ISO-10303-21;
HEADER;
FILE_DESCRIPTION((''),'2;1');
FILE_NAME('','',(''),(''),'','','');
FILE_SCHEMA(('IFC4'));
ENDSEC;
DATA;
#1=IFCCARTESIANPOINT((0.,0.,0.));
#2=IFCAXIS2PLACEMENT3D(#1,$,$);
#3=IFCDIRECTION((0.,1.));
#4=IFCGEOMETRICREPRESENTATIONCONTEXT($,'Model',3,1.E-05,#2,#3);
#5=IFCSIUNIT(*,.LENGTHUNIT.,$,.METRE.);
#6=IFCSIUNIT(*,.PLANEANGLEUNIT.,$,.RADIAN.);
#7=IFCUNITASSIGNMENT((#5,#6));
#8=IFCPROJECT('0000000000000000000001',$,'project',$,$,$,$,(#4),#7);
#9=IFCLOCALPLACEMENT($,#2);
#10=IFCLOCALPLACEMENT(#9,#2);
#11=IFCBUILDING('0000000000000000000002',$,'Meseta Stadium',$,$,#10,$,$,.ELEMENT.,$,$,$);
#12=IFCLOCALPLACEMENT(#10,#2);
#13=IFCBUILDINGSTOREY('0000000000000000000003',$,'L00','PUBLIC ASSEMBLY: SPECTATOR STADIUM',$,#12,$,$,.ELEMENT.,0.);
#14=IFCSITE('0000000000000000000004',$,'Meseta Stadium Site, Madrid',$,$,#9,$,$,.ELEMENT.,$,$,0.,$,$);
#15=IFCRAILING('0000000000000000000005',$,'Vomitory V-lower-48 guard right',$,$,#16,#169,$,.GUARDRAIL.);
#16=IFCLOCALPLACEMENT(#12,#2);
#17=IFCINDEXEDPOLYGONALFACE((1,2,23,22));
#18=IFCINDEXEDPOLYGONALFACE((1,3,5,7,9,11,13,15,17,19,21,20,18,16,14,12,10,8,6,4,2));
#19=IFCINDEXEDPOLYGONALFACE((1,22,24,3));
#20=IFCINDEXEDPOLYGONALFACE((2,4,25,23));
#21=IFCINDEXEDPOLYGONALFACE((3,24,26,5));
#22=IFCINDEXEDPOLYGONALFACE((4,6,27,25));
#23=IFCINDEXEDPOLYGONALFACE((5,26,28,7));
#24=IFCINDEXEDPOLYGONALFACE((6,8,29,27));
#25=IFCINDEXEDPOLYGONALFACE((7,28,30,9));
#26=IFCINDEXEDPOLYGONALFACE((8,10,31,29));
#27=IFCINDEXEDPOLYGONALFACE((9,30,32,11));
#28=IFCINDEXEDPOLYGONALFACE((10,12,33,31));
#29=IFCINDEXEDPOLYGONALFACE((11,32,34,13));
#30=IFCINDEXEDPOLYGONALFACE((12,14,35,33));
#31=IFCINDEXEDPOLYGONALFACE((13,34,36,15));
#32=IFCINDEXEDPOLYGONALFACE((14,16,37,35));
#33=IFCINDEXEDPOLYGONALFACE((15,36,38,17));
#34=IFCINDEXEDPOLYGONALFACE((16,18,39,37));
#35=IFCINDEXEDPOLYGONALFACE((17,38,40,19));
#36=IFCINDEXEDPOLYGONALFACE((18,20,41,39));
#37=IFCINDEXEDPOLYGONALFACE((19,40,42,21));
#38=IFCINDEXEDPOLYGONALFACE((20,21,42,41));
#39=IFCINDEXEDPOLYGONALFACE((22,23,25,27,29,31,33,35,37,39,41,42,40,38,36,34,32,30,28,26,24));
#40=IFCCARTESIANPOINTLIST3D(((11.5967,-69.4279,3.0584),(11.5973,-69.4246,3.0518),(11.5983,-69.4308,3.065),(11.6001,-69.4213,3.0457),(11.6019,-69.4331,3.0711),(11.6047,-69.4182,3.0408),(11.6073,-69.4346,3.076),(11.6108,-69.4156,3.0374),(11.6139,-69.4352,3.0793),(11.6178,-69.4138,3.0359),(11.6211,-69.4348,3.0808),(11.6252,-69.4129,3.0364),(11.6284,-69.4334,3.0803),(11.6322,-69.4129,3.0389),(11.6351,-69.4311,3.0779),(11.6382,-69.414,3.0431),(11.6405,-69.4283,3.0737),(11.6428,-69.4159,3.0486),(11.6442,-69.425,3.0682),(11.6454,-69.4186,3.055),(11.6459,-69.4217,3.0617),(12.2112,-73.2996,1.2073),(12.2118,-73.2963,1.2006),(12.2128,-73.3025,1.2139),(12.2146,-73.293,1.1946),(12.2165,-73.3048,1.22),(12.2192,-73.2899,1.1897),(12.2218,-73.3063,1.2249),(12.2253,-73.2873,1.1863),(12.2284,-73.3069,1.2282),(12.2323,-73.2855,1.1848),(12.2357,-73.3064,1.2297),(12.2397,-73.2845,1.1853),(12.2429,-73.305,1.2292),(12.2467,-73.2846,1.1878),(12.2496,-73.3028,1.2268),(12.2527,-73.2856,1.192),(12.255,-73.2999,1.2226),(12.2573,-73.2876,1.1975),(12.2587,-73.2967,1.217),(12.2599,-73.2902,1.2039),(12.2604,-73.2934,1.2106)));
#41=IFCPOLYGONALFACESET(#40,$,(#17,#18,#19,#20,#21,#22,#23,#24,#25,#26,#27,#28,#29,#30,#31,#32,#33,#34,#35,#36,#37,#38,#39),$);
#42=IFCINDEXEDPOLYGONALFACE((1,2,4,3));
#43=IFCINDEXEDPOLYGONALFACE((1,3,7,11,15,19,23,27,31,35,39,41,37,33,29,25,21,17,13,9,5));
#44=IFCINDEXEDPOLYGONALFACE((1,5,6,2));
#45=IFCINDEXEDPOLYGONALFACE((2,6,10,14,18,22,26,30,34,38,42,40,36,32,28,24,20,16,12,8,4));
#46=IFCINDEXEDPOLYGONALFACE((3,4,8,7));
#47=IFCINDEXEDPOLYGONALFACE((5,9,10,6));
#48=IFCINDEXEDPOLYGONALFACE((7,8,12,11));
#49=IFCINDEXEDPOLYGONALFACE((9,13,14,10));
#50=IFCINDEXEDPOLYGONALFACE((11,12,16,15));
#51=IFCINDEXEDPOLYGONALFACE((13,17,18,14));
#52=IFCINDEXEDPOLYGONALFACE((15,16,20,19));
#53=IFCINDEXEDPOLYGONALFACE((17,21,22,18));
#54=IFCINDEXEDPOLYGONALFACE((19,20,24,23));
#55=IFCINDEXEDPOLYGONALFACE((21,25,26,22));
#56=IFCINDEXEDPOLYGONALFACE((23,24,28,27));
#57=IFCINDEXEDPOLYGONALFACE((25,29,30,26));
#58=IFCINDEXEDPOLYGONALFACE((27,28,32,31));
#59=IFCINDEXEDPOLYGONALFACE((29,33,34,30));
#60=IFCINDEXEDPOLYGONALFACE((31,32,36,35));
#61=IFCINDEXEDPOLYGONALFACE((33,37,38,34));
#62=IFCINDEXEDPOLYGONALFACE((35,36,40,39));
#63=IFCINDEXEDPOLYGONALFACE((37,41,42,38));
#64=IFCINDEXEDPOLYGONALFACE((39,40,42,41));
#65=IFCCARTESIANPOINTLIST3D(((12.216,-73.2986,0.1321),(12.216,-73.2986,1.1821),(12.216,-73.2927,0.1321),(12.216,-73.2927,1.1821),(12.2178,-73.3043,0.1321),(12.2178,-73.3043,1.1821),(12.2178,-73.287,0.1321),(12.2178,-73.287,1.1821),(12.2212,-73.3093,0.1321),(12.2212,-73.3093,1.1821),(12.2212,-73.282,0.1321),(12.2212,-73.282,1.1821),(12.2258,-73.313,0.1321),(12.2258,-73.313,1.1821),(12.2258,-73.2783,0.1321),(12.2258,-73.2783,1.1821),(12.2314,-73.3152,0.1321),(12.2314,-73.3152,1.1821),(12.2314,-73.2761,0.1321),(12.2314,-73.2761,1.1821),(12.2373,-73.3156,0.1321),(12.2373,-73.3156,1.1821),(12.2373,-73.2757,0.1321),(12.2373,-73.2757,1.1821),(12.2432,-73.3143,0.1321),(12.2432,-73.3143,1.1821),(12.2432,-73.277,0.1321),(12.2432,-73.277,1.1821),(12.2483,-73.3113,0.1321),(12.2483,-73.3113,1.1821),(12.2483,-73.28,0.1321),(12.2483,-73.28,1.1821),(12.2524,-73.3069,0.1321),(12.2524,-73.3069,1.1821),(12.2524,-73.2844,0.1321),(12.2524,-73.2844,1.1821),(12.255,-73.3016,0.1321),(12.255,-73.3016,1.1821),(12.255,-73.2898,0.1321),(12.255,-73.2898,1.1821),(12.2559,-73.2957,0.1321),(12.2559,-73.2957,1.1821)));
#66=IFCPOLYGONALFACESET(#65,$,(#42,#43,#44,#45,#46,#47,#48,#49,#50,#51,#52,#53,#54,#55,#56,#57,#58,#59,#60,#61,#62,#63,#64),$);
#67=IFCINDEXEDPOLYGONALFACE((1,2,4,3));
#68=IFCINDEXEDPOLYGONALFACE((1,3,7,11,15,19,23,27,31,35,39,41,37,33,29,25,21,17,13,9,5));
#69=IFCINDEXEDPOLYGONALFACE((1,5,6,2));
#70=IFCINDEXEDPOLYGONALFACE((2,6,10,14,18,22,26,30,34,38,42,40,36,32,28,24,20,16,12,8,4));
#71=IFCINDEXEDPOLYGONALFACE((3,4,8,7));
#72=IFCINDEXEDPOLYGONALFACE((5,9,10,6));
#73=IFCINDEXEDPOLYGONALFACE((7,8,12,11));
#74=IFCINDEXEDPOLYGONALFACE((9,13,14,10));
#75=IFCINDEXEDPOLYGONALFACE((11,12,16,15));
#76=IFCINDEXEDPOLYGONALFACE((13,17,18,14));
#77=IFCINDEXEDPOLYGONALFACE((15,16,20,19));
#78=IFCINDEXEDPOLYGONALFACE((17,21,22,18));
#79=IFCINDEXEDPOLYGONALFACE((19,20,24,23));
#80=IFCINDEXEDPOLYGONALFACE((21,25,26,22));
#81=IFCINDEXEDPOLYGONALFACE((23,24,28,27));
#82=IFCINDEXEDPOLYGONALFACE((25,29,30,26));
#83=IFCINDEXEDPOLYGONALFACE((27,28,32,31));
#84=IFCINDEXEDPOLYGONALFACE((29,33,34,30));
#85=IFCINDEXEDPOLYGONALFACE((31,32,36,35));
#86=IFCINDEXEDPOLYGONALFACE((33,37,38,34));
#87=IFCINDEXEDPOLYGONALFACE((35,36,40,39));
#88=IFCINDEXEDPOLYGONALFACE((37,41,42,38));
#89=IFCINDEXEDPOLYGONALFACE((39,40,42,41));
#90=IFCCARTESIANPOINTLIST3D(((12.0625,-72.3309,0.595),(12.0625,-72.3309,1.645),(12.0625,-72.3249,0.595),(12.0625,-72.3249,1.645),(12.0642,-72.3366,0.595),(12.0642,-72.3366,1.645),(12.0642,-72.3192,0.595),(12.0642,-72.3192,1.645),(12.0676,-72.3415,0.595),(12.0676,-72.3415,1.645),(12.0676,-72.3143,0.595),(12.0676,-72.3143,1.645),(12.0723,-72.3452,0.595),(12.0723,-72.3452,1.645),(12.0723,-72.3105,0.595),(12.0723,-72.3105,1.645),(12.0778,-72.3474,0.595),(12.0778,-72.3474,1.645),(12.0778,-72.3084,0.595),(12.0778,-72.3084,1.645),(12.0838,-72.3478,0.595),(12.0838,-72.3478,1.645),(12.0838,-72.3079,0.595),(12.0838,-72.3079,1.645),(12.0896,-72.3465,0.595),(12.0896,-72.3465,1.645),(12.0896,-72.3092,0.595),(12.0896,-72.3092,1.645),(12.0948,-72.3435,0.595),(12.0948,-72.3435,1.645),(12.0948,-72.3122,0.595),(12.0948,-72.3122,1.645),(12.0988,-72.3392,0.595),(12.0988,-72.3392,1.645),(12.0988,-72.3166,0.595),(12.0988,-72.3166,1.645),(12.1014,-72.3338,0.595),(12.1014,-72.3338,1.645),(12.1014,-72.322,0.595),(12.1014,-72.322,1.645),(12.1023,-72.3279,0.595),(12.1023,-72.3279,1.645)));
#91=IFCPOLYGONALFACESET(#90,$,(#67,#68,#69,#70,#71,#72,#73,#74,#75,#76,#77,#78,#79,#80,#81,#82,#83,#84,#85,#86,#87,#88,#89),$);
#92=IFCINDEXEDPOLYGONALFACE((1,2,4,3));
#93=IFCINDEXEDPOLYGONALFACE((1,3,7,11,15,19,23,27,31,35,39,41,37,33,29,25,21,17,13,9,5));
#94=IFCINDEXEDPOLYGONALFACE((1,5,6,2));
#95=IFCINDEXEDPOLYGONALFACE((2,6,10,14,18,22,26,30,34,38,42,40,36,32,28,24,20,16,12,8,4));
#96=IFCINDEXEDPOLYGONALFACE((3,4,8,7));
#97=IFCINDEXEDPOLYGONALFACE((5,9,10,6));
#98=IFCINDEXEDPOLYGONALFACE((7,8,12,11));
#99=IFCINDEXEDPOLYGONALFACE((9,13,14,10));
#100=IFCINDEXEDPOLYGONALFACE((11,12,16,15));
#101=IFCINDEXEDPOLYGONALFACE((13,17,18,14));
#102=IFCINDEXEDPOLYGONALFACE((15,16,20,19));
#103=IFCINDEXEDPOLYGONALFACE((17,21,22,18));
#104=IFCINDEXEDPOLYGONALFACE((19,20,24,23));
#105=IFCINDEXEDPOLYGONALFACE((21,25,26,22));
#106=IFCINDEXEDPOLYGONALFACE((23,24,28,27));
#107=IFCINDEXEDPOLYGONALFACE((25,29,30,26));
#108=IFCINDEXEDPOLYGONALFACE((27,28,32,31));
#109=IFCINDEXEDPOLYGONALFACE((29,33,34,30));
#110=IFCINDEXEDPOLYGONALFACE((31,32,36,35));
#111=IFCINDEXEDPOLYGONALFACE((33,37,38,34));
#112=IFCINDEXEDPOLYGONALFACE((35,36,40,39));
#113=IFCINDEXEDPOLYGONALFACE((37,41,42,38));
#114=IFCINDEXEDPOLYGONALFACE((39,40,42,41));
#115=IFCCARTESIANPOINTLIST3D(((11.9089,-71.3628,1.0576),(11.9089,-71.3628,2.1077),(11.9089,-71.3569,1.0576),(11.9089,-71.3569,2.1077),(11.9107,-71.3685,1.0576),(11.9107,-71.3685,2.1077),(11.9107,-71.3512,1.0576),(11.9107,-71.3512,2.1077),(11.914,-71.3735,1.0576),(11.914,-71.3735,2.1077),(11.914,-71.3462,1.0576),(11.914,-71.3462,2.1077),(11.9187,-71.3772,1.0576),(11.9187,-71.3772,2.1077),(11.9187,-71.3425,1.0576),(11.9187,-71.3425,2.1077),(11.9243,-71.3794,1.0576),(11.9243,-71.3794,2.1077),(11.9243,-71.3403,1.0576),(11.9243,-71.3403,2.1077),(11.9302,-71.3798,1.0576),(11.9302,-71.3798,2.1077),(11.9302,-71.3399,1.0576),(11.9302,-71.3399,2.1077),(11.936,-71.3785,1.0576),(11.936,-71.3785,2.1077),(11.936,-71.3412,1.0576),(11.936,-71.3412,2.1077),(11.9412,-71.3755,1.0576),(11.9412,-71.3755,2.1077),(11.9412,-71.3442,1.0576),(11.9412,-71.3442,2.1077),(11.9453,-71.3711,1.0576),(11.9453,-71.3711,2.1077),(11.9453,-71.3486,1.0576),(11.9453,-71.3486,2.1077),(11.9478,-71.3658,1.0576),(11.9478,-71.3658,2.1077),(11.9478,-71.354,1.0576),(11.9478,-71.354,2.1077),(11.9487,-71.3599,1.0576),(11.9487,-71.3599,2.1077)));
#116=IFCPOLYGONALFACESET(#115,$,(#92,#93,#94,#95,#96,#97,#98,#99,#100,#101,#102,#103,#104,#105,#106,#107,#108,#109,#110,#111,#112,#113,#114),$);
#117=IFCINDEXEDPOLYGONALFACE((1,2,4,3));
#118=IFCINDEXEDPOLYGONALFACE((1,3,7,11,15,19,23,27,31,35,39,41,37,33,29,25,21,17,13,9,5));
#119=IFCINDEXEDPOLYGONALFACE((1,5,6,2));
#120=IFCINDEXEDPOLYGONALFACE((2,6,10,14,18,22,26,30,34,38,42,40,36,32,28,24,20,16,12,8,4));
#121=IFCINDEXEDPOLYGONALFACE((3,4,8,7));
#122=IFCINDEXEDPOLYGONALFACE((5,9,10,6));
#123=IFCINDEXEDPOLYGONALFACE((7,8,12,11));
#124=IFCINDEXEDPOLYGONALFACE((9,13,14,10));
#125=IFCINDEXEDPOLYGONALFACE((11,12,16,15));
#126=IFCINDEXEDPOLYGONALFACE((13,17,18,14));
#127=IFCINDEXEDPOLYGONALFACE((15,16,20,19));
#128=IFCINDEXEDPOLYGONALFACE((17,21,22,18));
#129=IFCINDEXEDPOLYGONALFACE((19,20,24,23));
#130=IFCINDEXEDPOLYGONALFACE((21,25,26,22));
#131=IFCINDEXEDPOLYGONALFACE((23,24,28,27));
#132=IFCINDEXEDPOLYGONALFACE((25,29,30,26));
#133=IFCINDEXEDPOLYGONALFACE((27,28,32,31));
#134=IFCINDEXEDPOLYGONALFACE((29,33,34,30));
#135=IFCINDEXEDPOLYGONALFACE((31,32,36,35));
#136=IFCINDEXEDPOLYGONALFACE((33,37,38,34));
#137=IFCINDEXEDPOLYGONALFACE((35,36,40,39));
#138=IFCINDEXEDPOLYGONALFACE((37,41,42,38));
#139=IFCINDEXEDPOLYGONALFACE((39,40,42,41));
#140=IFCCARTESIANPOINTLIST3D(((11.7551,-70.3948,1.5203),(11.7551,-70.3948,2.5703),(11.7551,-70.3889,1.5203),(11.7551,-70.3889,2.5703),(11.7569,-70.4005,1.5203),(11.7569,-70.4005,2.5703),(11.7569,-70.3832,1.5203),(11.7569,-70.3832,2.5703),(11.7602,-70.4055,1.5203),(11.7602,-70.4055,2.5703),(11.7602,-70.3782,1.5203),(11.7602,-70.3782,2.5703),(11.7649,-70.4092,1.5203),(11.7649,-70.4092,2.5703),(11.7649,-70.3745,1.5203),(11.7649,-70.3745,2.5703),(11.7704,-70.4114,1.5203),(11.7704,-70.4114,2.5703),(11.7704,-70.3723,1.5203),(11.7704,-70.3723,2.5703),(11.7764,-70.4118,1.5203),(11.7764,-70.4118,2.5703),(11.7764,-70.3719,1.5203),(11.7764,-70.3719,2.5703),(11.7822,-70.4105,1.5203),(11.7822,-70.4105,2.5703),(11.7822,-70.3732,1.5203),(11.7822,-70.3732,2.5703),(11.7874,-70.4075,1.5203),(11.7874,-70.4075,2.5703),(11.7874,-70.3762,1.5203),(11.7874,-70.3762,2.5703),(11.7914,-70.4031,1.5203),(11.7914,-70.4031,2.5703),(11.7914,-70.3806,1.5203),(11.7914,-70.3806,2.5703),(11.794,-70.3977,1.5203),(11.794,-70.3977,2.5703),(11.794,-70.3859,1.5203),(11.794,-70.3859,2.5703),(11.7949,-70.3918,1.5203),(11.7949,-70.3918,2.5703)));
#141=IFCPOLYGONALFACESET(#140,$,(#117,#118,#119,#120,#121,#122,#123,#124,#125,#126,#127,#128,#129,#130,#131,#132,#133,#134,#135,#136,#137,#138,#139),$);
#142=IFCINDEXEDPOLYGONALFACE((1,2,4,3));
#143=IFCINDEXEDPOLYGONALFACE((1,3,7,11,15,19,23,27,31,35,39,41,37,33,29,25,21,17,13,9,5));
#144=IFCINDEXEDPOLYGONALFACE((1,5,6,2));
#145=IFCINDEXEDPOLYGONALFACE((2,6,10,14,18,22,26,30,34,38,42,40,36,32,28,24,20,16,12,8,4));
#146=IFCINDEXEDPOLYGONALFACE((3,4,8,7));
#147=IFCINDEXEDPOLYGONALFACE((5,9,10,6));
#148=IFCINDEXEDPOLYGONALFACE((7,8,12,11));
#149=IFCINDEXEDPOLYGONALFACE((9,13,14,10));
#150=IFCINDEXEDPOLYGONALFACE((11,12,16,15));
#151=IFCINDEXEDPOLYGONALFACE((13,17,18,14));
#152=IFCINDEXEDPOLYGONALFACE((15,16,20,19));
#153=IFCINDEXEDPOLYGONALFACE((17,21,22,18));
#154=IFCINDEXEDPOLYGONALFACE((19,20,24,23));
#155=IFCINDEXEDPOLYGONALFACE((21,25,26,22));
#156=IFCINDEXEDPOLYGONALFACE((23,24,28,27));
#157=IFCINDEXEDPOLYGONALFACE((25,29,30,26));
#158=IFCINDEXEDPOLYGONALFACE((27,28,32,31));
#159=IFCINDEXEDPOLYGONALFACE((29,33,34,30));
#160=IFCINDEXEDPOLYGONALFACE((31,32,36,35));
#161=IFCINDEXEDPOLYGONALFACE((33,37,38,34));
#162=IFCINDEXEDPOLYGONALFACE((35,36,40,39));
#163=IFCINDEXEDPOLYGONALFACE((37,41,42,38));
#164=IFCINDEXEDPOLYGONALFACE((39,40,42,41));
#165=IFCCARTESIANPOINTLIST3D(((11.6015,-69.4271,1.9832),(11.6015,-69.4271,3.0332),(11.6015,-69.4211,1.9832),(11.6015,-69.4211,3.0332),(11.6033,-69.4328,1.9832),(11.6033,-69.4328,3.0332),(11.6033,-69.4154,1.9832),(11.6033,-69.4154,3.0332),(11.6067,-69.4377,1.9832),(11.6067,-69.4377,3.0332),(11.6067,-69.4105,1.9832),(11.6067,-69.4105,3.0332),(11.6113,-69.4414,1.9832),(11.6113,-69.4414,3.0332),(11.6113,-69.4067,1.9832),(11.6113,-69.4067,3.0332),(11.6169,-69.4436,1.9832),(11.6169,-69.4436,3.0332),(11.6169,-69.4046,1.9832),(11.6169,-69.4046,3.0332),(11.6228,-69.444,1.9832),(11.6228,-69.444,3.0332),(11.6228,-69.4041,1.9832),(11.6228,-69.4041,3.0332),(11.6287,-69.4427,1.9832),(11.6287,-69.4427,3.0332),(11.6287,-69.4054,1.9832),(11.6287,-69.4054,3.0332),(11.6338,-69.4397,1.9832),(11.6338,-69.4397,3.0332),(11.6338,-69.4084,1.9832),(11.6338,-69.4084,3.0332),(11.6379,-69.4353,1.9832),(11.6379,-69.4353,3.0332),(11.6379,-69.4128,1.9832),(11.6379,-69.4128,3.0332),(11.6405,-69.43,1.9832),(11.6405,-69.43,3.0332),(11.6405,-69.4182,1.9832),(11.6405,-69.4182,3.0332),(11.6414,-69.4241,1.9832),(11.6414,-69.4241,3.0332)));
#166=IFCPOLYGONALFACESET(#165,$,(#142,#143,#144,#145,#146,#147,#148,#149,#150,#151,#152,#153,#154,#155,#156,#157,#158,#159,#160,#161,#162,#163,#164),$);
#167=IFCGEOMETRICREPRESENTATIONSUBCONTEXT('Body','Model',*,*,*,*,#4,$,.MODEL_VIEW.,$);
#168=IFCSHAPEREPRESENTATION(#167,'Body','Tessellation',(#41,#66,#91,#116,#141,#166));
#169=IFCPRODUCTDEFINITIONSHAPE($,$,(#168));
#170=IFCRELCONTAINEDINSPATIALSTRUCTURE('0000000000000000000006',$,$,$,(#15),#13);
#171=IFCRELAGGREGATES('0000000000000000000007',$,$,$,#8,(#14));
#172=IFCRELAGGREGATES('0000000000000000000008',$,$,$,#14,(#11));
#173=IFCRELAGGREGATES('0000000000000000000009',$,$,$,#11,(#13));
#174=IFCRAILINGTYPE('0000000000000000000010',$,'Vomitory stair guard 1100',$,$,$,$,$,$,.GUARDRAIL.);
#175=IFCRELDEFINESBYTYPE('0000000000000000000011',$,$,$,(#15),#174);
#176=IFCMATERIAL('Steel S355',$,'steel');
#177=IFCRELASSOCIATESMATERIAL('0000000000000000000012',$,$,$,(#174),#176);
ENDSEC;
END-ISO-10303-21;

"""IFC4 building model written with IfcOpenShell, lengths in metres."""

from ifc_helpers import new_model, si_unit, direction, frame, origin, origin_2d, place, context, subcontext, project, spatial, circle, extrude, material, type_object, element, save


model = new_model("IFC4")

# Units and contexts
model_context = context("Model", 3, precision=1e-05, world=origin(), true_north=direction((0.0, 1.0)))
body_context = subcontext(model_context, "Body", "Model", "MODEL_VIEW")
ifc_project = project(units=[si_unit("LENGTHUNIT", "METRE"), si_unit("PLANEANGLEUNIT", "RADIAN")], contexts=[model_context])

# Site, building, storey
site_placement = place(None, origin())
site = spatial("IfcSite", under=ifc_project, at=site_placement, Name="Meseta Stadium Site, Madrid", CompositionType="ELEMENT", RefElevation=0.0)
building_placement = place(site_placement, origin())
building = spatial("IfcBuilding", under=site, at=building_placement, Name="Meseta Stadium", CompositionType="ELEMENT")
storey_placement = place(building_placement, origin())
storey = spatial("IfcBuildingStorey", under=building, at=storey_placement, Name="L00", Description="PUBLIC ASSEMBLY: SPECTATOR STADIUM", CompositionType="ELEMENT", Elevation=0.0)

# Railing
ifc_material_1 = material(Name="Steel S355", Category="steel")
railing_type_1 = type_object("IfcRailingType", Name="Vomitory stair guard 1100", PredefinedType="GUARDRAIL", material=ifc_material_1)
for number, where, name in (
    (1, (12.2358, -73.2957, 0.1321), "Vomitory V-lower-48 guard right"),
):
    element("IfcRailing", number, at=place(storey_placement, frame(where)), inside=storey, type_object=railing_type_1, Name=name, PredefinedType="GUARDRAIL", context=body_context, shape_type="SweptSolid", body=[
        extrude(circle(Radius=0.0249, at=origin_2d()), frame((0.0, 0.0, 1.0752), z_axis=(-0.14175, 0.893074, 0.426995), x_axis=(-0.987637, -0.156759, 0.0)), (0.0, 0.0, 1.0), 4.3352),
        extrude(circle(Radius=0.02, at=origin_2d()), origin(), (0.0, 0.0, 1.0), 1.05),
        extrude(circle(Radius=0.02, at=origin_2d()), frame((-0.1536, 0.9678, 0.4629)), (0.0, 0.0, 1.0), 1.05),
        extrude(circle(Radius=0.02, at=origin_2d()), frame((-0.3071, 1.9358, 0.9255)), (0.0, 0.0, 1.0), 1.05),
        extrude(circle(Radius=0.02, at=origin_2d()), frame((-0.4609, 2.9038, 1.3882)), (0.0, 0.0, 1.0), 1.05),
        extrude(circle(Radius=0.02, at=origin_2d()), frame((-0.6145, 3.8716, 1.8511)), (0.0, 0.0, 1.0), 1.05),
    ])

save(model, "model.ifc")
